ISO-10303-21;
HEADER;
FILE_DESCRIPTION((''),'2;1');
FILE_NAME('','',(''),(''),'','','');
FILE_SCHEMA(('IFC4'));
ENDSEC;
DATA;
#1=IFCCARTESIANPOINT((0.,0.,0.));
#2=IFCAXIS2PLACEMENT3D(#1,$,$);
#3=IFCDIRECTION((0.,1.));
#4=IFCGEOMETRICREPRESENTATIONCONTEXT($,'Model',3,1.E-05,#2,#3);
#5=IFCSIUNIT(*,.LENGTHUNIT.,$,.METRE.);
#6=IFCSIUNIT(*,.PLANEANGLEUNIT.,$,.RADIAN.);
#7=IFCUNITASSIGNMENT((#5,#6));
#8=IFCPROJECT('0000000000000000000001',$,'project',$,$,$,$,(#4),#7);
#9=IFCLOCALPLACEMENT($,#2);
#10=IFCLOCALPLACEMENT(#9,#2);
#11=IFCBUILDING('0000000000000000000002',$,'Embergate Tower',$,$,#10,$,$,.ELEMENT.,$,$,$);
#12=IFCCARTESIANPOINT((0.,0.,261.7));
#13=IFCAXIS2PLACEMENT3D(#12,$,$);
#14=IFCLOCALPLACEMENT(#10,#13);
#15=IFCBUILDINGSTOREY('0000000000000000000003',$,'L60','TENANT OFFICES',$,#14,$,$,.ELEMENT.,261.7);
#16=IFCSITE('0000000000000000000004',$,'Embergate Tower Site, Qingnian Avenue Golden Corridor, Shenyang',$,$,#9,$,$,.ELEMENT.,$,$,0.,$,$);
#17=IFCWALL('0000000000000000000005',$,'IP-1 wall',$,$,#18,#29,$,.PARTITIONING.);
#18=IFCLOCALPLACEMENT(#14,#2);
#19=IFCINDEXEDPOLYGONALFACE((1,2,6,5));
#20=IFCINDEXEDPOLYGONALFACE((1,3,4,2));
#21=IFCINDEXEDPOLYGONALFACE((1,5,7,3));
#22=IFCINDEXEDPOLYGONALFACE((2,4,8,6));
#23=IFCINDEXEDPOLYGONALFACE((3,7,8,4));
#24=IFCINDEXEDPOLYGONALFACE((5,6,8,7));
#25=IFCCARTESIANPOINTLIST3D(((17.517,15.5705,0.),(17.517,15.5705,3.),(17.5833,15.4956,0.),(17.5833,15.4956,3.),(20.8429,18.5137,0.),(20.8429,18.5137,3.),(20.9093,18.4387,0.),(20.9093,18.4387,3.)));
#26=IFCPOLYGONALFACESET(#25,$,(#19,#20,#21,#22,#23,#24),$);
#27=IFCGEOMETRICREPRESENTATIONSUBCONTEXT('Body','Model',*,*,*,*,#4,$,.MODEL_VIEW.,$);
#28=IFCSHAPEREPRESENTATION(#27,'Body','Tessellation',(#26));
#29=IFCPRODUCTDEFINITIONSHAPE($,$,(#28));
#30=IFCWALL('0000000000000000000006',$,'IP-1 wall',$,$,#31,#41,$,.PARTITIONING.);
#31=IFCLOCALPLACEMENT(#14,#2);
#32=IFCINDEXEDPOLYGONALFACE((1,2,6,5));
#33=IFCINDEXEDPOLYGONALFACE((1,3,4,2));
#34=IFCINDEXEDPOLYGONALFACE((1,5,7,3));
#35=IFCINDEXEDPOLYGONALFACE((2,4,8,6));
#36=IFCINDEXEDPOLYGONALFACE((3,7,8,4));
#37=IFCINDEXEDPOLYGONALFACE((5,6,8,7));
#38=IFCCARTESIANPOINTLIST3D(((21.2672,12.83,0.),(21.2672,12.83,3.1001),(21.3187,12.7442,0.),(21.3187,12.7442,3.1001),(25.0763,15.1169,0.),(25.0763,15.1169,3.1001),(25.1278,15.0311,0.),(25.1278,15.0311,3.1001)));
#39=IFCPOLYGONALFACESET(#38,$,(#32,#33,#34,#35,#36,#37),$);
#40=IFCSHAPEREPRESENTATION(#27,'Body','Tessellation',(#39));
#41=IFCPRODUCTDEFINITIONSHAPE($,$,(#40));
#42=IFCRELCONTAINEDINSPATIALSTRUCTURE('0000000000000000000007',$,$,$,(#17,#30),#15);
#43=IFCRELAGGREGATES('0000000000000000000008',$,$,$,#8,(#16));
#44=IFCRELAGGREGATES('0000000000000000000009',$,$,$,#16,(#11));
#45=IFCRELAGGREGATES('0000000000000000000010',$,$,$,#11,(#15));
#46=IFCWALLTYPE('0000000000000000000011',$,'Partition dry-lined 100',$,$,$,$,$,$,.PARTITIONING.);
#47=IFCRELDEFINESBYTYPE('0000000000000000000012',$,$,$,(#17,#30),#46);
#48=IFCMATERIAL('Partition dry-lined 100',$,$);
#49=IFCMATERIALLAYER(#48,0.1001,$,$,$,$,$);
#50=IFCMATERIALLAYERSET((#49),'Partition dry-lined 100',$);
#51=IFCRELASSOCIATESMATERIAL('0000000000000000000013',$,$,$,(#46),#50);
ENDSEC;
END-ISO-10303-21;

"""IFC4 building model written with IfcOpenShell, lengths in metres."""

from ifc_helpers import new_model, si_unit, direction, frame, frame_2d, origin, place, context, subcontext, project, spatial, rectangle, extrude, source, transform, mapped, material, layer, layer_set, type_object, element, save


model = new_model("IFC4")

# Units and contexts
model_context = context("Model", 3, precision=1e-05, world=origin(), true_north=direction((0.0, 1.0)))
body_context = subcontext(model_context, "Body", "Model", "MODEL_VIEW")
ifc_project = project(units=[si_unit("LENGTHUNIT", "METRE"), si_unit("PLANEANGLEUNIT", "RADIAN")], contexts=[model_context])

# Site, building, storey
site_placement = place(None, origin())
site = spatial("IfcSite", under=ifc_project, at=site_placement, Name="Embergate Tower Site, Qingnian Avenue Golden Corridor, Shenyang", CompositionType="ELEMENT", RefElevation=0.0)
building_placement = place(site_placement, origin())
building = spatial("IfcBuilding", under=site, at=building_placement, Name="Embergate Tower", CompositionType="ELEMENT")
storey_placement = place(building_placement, frame((0.0, 0.0, 261.7)))
storey = spatial("IfcBuildingStorey", under=building, at=storey_placement, Name="L60", Description="TENANT OFFICES", CompositionType="ELEMENT", Elevation=261.7)

# Walls
ifc_material_1 = material(Name="Partition dry-lined 100")
ifc_layer_1 = layer(ifc_material_1, 0.1001)
ifc_layer_set_1 = layer_set([ifc_layer_1], Name="Partition dry-lined 100")
wall_type = type_object("IfcWallType", Name="Partition dry-lined 100", PredefinedType="PARTITIONING", material=ifc_layer_set_1)
shared_shape_1 = source(origin(), body_context, "Body", "SweptSolid", [
    extrude(rectangle(XDim=4.4412, YDim=0.1001, at=frame_2d((2.2207, 0.0))), origin(), (0.0, 0.0, 1.0), 3.0),
])
wall_1_placement = place(storey_placement, frame((17.55, 15.533, 0.0), z_axis=(0.0, 0.0, 1.0), x_axis=(0.748891, 0.662694, 0.0)))
element("IfcWall", 1, at=wall_1_placement, inside=storey, type_object=wall_type, Name="IP-1 wall", PredefinedType="PARTITIONING", context=body_context, shape_type="MappedRepresentation", body=[
    mapped(shared_shape_1, transform((0.0, 0.0, 0.0))),
])
shared_shape_2 = source(origin(), body_context, "Body", "SweptSolid", [
    extrude(rectangle(XDim=4.4429, YDim=0.1001, at=frame_2d((2.2214, 0.0))), origin(), (0.0, 0.0, 1.0), 3.1001),
])
wall_2_placement = place(storey_placement, frame((21.293, 12.7871, 0.0), z_axis=(0.0, 0.0, 1.0), x_axis=(0.857352, 0.51473, 0.0)))
element("IfcWall", 2, at=wall_2_placement, inside=storey, type_object=wall_type, Name="IP-1 wall", PredefinedType="PARTITIONING", context=body_context, shape_type="MappedRepresentation", body=[
    mapped(shared_shape_2, transform((0.0, 0.0, 0.0))),
])

save(model, "model.ifc")
